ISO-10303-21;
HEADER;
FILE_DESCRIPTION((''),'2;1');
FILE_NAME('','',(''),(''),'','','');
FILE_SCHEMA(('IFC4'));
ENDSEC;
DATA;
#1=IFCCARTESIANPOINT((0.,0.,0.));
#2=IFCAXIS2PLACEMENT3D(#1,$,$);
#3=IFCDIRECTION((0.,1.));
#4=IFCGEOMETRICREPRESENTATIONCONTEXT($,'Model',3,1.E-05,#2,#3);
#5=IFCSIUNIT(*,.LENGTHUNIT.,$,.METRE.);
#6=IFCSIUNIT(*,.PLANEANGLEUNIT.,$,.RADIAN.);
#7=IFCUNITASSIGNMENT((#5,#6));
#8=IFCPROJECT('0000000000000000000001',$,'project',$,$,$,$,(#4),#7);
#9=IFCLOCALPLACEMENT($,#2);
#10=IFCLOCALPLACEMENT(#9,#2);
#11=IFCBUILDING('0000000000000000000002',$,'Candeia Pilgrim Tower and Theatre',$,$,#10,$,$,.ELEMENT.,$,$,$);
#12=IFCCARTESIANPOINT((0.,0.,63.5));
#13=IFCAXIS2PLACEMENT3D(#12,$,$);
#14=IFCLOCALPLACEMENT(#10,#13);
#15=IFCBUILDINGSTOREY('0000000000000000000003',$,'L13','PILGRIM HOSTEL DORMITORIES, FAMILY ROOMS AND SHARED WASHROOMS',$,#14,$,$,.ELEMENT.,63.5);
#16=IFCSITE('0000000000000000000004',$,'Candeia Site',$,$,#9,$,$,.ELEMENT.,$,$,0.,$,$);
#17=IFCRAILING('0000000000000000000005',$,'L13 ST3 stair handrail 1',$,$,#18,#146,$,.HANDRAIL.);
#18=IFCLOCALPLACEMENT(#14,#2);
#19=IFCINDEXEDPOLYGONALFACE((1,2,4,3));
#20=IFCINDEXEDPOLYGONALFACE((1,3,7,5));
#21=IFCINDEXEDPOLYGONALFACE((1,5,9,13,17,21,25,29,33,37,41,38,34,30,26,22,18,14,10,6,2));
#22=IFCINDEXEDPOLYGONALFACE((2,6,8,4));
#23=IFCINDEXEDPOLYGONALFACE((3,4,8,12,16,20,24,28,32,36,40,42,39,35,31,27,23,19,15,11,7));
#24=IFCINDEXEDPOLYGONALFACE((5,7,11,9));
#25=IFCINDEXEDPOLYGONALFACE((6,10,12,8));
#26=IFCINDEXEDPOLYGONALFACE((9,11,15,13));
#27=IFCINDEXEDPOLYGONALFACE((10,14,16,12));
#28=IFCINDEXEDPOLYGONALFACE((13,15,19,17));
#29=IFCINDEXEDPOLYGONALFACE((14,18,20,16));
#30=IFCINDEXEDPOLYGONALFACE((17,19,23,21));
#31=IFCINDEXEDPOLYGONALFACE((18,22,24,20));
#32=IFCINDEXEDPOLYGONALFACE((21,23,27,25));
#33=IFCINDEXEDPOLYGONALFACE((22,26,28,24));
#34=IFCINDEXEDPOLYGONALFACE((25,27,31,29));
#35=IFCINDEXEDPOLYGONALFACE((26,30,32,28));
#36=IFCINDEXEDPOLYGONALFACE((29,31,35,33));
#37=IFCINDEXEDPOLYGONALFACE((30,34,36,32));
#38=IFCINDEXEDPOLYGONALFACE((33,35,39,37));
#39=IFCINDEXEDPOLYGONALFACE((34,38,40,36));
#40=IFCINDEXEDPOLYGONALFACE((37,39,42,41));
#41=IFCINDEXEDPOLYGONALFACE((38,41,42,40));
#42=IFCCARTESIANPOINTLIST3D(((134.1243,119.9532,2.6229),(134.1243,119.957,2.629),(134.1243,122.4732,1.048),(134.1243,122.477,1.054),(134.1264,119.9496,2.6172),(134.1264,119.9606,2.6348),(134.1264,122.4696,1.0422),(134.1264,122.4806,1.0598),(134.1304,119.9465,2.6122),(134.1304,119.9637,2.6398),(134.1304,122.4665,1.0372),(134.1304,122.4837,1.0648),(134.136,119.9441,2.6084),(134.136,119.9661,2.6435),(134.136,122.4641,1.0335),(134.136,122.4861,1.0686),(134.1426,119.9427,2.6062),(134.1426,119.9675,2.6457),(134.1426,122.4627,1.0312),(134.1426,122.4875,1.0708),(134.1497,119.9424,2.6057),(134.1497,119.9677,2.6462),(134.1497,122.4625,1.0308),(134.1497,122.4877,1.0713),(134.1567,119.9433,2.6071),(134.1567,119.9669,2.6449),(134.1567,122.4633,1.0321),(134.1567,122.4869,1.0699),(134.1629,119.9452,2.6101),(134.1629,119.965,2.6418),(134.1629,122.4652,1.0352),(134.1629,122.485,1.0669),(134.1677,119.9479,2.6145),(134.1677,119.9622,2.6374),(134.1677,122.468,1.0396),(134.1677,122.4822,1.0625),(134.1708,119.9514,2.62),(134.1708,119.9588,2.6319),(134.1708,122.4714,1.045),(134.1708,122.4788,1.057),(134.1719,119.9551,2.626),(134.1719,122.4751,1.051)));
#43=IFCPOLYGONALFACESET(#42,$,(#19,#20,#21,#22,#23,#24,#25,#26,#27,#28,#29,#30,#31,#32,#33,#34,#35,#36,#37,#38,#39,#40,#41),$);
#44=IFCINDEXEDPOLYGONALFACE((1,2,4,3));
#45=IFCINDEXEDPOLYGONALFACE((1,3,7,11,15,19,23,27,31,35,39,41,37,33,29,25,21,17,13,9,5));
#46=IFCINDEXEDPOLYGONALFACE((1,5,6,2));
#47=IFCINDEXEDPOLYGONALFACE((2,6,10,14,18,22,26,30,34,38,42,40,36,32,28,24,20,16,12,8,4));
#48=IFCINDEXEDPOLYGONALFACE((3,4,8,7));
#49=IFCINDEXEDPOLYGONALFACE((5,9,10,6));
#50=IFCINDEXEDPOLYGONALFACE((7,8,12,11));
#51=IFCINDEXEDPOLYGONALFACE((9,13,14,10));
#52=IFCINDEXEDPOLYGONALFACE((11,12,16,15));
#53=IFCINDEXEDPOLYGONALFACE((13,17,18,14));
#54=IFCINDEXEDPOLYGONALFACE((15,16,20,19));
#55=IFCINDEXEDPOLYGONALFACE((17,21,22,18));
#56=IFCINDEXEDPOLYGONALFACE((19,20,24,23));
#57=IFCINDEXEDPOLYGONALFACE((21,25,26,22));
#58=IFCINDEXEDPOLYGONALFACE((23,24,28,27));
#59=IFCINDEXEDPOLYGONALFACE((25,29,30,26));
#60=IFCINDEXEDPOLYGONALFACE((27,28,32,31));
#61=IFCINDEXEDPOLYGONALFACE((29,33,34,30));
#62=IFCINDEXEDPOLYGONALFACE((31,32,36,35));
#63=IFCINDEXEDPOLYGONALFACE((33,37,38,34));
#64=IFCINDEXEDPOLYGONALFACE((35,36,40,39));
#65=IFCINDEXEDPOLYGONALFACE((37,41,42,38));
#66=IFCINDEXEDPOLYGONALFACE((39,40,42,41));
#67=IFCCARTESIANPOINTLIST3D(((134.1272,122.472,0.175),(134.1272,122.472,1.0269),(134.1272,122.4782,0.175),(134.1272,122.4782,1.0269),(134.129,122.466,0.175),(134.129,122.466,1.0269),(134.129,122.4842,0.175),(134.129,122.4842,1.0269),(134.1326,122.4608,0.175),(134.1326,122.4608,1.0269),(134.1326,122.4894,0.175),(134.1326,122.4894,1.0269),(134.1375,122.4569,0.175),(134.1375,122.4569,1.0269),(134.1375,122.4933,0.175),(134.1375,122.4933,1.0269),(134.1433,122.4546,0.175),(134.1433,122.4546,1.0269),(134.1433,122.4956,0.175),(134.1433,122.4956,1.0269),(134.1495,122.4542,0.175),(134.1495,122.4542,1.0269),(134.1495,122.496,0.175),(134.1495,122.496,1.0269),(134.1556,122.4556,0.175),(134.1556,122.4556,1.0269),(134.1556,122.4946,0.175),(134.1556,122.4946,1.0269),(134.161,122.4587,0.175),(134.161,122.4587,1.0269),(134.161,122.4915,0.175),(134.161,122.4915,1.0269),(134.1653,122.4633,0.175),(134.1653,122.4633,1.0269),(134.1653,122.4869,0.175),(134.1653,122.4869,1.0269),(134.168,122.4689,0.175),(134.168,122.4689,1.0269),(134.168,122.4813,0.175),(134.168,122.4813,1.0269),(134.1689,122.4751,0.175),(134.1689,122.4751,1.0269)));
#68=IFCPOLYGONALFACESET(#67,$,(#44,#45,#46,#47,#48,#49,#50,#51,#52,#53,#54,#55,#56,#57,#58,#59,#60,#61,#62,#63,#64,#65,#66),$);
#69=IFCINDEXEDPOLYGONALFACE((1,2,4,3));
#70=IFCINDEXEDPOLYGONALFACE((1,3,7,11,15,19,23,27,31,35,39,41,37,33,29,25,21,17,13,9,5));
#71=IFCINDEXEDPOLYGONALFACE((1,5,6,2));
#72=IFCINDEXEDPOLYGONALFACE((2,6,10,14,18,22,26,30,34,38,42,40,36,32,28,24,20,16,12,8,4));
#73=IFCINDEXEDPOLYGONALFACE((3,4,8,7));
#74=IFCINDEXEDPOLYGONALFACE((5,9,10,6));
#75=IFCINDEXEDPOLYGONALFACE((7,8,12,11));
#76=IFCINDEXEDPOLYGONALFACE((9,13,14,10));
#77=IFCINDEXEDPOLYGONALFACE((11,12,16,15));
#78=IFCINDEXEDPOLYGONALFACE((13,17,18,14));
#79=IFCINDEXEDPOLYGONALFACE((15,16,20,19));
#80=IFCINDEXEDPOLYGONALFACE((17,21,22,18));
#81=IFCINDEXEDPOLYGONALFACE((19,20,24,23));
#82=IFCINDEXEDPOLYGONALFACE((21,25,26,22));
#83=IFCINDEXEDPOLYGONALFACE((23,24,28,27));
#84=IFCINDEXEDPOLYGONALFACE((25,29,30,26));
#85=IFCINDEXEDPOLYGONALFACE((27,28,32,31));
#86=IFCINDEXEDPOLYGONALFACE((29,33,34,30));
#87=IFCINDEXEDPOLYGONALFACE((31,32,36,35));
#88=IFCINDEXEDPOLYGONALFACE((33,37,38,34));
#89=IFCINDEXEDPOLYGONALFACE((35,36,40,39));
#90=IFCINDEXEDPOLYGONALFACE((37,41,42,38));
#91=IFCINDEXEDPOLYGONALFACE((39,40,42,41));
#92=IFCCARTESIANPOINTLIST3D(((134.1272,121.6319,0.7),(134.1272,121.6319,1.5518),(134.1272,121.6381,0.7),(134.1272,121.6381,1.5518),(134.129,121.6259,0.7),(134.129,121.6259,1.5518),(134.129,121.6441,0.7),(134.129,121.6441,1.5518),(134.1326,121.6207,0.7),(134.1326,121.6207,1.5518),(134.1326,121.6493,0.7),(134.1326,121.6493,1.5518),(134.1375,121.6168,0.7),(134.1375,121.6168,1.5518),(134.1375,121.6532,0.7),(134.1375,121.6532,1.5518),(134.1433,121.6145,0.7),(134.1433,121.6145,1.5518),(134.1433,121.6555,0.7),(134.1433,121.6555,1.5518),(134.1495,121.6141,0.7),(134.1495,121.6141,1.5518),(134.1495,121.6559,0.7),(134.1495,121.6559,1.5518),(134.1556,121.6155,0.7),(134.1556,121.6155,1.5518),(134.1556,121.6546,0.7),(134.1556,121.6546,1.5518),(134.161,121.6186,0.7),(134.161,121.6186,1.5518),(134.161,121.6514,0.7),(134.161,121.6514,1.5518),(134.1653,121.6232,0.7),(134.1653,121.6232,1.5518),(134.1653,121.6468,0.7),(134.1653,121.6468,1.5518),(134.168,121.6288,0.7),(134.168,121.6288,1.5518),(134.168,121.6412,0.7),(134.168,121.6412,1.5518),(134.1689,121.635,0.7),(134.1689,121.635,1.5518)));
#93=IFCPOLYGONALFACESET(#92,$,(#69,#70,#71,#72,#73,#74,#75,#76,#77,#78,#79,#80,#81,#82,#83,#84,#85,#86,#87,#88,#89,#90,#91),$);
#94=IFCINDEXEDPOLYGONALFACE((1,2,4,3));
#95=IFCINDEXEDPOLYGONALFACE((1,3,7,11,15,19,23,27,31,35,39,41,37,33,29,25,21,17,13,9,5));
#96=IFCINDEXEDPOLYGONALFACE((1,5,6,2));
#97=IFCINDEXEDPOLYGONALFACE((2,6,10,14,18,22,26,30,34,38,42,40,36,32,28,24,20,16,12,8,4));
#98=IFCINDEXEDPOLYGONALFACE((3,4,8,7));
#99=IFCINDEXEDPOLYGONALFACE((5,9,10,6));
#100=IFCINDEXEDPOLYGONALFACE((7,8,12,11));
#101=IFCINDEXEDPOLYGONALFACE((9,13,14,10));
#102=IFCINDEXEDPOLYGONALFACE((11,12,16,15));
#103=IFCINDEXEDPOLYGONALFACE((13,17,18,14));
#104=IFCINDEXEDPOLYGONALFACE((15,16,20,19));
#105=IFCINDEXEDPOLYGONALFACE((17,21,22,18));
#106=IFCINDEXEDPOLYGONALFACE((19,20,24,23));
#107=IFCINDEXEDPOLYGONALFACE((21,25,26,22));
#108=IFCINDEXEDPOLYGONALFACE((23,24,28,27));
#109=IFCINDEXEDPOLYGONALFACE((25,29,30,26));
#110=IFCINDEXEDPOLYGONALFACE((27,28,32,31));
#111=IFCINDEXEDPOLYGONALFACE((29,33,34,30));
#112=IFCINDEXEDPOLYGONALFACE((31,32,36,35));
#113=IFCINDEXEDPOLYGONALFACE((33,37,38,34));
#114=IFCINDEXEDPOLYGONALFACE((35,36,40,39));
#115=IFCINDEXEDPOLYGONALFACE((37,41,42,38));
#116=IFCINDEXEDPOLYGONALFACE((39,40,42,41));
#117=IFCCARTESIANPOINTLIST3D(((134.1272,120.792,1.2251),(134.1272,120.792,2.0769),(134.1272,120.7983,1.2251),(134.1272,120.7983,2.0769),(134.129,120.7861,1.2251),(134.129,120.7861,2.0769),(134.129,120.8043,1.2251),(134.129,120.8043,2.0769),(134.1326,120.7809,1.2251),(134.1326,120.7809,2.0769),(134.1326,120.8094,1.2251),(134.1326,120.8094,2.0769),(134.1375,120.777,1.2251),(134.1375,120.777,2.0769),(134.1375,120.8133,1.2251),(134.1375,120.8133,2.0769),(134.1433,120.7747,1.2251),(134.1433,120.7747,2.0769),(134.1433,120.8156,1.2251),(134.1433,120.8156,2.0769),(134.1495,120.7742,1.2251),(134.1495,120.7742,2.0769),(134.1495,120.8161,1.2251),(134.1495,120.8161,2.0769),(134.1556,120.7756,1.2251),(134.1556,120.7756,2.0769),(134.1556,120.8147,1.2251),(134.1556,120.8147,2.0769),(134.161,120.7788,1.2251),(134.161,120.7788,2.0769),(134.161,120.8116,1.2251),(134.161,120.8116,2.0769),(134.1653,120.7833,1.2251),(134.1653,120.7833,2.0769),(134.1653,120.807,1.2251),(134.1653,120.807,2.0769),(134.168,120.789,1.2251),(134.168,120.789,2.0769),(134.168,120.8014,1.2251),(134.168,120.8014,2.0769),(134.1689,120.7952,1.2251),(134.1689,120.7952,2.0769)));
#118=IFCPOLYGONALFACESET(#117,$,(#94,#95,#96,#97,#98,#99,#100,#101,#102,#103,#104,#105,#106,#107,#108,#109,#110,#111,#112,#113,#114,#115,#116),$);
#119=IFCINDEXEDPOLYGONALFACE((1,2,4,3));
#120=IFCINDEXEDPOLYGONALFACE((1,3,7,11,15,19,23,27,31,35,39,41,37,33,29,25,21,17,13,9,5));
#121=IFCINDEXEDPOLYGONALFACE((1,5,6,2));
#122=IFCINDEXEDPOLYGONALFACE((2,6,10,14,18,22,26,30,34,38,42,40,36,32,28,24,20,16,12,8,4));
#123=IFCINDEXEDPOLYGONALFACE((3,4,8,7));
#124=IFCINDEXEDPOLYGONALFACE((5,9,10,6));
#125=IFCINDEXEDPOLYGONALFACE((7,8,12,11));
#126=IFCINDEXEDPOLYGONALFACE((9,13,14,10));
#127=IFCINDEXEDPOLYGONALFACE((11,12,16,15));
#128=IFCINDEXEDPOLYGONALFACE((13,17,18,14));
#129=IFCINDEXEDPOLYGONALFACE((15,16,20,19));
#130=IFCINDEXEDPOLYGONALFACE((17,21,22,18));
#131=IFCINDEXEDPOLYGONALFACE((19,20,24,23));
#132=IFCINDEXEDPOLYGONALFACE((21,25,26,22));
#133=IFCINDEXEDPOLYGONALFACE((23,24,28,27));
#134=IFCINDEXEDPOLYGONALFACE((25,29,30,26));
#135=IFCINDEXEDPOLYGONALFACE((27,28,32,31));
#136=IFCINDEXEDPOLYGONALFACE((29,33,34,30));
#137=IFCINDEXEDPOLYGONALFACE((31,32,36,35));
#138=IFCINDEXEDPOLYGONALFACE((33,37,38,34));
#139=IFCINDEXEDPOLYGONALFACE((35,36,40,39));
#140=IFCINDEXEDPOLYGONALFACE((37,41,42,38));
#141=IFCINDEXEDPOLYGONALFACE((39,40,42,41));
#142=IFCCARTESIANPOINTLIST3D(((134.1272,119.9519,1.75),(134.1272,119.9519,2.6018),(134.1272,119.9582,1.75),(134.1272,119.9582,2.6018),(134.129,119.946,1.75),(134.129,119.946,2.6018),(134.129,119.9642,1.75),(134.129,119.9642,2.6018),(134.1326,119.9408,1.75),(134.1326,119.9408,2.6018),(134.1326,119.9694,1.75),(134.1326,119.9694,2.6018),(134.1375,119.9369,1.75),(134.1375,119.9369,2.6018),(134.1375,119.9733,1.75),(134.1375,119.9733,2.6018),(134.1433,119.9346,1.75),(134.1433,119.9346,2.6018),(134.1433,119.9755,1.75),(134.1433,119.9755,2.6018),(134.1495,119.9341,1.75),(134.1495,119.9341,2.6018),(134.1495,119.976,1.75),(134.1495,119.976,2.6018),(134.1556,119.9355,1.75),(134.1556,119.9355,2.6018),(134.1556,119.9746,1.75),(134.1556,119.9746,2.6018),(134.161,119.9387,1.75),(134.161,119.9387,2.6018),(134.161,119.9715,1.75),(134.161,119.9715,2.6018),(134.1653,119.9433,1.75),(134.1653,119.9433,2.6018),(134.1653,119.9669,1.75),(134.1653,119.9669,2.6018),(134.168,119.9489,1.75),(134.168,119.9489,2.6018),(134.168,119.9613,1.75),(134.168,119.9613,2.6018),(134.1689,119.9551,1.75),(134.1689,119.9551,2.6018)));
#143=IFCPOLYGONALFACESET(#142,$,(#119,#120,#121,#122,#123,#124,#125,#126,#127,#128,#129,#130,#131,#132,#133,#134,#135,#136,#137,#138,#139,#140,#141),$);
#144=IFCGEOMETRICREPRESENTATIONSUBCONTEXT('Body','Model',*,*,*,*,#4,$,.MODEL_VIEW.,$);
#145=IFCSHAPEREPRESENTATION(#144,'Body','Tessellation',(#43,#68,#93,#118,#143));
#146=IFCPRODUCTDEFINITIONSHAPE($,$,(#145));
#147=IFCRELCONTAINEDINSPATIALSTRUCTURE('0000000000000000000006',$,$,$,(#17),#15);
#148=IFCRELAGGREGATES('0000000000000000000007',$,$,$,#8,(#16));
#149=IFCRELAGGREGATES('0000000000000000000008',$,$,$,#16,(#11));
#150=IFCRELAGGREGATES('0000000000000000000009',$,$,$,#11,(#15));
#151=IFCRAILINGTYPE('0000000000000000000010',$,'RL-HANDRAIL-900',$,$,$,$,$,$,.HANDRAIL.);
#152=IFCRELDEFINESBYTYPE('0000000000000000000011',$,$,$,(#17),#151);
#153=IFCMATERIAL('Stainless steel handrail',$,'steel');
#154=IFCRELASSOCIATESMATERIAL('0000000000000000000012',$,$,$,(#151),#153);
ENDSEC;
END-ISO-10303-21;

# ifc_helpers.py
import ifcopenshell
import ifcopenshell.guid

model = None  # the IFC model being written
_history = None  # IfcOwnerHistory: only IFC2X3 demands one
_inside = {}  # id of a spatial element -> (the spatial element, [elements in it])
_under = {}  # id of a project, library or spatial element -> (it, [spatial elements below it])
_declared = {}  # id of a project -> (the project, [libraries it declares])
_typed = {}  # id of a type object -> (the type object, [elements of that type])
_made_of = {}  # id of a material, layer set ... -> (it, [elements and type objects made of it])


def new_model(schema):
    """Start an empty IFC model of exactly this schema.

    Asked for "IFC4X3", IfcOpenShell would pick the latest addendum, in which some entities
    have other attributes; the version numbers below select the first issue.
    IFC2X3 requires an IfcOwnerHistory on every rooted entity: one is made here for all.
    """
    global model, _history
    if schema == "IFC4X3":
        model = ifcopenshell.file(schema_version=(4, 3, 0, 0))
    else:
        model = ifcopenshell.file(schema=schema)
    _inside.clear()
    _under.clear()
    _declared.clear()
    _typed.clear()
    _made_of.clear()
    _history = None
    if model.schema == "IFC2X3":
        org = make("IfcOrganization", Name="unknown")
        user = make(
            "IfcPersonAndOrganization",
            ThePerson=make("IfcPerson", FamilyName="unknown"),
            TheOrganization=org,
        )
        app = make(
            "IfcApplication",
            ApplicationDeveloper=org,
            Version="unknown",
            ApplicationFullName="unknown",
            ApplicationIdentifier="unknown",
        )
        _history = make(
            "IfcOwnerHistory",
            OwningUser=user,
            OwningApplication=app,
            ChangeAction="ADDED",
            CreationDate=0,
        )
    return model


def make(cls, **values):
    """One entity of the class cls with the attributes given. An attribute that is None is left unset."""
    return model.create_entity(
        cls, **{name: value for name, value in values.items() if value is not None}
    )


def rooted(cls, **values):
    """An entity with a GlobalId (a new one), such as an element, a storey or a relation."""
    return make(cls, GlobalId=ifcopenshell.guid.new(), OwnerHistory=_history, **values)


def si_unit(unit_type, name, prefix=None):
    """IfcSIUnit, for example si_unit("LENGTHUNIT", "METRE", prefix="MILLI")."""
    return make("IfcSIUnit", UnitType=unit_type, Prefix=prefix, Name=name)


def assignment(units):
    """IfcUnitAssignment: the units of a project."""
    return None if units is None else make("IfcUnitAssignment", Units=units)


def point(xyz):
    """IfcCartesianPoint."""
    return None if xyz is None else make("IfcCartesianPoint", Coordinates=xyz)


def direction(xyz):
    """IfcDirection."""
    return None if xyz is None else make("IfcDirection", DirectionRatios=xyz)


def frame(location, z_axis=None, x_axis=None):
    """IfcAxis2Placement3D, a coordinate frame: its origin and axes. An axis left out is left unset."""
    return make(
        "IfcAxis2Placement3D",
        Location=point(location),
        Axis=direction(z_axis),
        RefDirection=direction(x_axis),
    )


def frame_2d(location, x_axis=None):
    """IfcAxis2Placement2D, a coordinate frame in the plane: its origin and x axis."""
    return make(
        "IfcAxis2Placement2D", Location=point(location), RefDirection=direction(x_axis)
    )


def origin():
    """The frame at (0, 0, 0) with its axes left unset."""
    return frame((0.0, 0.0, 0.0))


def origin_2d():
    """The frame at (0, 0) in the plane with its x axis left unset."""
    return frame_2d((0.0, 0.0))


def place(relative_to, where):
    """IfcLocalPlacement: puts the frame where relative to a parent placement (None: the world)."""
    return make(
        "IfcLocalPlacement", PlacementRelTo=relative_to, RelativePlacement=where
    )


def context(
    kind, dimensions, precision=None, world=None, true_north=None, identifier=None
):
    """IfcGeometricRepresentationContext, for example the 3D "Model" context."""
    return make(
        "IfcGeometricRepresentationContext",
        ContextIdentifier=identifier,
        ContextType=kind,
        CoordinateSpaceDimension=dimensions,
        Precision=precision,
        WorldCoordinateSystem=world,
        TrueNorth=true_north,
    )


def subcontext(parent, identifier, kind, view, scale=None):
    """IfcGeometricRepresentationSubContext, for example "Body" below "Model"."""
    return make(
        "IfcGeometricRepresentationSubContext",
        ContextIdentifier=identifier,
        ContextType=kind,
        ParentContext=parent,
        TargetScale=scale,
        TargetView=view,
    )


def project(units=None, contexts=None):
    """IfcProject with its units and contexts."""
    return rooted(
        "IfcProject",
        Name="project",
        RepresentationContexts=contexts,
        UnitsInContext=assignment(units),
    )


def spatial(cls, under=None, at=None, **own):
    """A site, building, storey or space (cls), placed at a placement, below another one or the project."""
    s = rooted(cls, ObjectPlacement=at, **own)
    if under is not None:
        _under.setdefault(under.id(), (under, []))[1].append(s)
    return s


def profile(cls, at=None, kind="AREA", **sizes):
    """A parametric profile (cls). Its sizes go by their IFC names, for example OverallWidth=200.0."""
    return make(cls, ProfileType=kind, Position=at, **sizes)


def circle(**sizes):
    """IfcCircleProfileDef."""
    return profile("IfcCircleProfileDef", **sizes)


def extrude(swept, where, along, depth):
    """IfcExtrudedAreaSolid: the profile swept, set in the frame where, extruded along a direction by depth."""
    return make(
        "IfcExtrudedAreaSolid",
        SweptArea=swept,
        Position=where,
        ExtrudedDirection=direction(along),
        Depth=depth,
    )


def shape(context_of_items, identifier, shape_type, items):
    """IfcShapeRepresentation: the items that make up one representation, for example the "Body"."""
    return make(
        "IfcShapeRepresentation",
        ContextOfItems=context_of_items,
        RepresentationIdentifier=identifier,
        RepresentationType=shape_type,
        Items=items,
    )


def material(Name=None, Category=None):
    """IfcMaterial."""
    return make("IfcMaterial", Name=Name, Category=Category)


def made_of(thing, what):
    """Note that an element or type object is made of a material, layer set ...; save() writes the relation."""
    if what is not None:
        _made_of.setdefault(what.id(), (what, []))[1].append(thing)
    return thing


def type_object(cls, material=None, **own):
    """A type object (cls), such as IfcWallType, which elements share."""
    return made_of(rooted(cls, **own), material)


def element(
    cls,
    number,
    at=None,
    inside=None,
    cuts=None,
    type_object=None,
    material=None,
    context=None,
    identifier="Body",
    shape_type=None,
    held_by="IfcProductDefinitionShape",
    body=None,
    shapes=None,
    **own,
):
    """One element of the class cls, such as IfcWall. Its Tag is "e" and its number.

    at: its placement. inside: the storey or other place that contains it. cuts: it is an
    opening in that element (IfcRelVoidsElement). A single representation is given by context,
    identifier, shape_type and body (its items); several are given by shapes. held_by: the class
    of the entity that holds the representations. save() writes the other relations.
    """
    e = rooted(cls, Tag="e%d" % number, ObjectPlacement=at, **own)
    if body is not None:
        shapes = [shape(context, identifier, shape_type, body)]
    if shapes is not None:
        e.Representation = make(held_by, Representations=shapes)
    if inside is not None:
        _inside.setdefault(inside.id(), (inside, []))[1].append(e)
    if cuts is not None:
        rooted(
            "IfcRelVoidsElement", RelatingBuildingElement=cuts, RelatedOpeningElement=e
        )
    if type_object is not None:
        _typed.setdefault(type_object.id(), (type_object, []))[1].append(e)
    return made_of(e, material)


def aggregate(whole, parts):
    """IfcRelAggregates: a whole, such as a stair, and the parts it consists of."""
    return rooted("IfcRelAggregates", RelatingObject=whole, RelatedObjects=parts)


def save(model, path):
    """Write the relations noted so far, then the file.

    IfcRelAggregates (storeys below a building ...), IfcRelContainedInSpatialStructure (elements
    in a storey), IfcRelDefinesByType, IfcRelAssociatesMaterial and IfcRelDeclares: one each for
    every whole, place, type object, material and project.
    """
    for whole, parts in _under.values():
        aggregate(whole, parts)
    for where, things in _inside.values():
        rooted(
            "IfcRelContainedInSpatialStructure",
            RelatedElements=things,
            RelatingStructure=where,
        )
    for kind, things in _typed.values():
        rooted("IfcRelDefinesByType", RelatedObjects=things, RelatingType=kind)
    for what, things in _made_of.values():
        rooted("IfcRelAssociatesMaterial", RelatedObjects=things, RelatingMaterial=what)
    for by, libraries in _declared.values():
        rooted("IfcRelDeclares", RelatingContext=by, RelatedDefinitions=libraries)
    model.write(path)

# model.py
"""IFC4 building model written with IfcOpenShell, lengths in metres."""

from ifc_helpers import new_model, si_unit, direction, frame, origin, origin_2d, place, context, subcontext, project, spatial, circle, extrude, material, type_object, element, save


model = new_model("IFC4")

# Units and contexts
model_context = context("Model", 3, precision=1e-05, world=origin(), true_north=direction((0.0, 1.0)))
body_context = subcontext(model_context, "Body", "Model", "MODEL_VIEW")
ifc_project = project(units=[si_unit("LENGTHUNIT", "METRE"), si_unit("PLANEANGLEUNIT", "RADIAN")], contexts=[model_context])

# Site, building, storey
site_placement = place(None, origin())
site = spatial("IfcSite", under=ifc_project, at=site_placement, Name="Candeia Site", CompositionType="ELEMENT", RefElevation=0.0)
building_placement = place(site_placement, origin())
building = spatial("IfcBuilding", under=site, at=building_placement, Name="Candeia Pilgrim Tower and Theatre", CompositionType="ELEMENT")
storey_placement = place(building_placement, frame((0.0, 0.0, 63.5)))
storey = spatial("IfcBuildingStorey", under=building, at=storey_placement, Name="L13", Description="PILGRIM HOSTEL DORMITORIES, FAMILY ROOMS AND SHARED WASHROOMS", CompositionType="ELEMENT", Elevation=63.5)

# Railing
ifc_material_1 = material(Name="Stainless steel handrail", Category="steel")
railing_type_1 = type_object("IfcRailingType", Name="RL-HANDRAIL-900", PredefinedType="HANDRAIL", material=ifc_material_1)
railing_1_placement = place(storey_placement, frame((134.1479, 122.4751, 0.175)))
element("IfcRailing", 1, at=railing_1_placement, inside=storey, type_object=railing_type_1, Name="L13 ST3 stair handrail 1", PredefinedType="HANDRAIL", context=body_context, shape_type="SweptSolid", body=[
    extrude(circle(Radius=0.0239, at=origin_2d()), frame((0.0, 0.0, 0.876), z_axis=(0.0, -0.848008, 0.529984), x_axis=(1.0, 0.0, 0.0)), (0.0, 0.0, 1.0), 2.9717),
    extrude(circle(Radius=0.021, at=origin_2d()), origin(), (0.0, 0.0, 1.0), 0.8518),
    extrude(circle(Radius=0.021, at=origin_2d()), frame((0.0, -0.8401, 0.5249)), (0.0, 0.0, 1.0), 0.8518),
    extrude(circle(Radius=0.021, at=origin_2d()), frame((0.0, -1.6799, 1.05)), (0.0, 0.0, 1.0), 0.8518),
    extrude(circle(Radius=0.021, at=origin_2d()), frame((0.0, -2.52, 1.575)), (0.0, 0.0, 1.0), 0.8518),
])

save(model, "model.ifc")
